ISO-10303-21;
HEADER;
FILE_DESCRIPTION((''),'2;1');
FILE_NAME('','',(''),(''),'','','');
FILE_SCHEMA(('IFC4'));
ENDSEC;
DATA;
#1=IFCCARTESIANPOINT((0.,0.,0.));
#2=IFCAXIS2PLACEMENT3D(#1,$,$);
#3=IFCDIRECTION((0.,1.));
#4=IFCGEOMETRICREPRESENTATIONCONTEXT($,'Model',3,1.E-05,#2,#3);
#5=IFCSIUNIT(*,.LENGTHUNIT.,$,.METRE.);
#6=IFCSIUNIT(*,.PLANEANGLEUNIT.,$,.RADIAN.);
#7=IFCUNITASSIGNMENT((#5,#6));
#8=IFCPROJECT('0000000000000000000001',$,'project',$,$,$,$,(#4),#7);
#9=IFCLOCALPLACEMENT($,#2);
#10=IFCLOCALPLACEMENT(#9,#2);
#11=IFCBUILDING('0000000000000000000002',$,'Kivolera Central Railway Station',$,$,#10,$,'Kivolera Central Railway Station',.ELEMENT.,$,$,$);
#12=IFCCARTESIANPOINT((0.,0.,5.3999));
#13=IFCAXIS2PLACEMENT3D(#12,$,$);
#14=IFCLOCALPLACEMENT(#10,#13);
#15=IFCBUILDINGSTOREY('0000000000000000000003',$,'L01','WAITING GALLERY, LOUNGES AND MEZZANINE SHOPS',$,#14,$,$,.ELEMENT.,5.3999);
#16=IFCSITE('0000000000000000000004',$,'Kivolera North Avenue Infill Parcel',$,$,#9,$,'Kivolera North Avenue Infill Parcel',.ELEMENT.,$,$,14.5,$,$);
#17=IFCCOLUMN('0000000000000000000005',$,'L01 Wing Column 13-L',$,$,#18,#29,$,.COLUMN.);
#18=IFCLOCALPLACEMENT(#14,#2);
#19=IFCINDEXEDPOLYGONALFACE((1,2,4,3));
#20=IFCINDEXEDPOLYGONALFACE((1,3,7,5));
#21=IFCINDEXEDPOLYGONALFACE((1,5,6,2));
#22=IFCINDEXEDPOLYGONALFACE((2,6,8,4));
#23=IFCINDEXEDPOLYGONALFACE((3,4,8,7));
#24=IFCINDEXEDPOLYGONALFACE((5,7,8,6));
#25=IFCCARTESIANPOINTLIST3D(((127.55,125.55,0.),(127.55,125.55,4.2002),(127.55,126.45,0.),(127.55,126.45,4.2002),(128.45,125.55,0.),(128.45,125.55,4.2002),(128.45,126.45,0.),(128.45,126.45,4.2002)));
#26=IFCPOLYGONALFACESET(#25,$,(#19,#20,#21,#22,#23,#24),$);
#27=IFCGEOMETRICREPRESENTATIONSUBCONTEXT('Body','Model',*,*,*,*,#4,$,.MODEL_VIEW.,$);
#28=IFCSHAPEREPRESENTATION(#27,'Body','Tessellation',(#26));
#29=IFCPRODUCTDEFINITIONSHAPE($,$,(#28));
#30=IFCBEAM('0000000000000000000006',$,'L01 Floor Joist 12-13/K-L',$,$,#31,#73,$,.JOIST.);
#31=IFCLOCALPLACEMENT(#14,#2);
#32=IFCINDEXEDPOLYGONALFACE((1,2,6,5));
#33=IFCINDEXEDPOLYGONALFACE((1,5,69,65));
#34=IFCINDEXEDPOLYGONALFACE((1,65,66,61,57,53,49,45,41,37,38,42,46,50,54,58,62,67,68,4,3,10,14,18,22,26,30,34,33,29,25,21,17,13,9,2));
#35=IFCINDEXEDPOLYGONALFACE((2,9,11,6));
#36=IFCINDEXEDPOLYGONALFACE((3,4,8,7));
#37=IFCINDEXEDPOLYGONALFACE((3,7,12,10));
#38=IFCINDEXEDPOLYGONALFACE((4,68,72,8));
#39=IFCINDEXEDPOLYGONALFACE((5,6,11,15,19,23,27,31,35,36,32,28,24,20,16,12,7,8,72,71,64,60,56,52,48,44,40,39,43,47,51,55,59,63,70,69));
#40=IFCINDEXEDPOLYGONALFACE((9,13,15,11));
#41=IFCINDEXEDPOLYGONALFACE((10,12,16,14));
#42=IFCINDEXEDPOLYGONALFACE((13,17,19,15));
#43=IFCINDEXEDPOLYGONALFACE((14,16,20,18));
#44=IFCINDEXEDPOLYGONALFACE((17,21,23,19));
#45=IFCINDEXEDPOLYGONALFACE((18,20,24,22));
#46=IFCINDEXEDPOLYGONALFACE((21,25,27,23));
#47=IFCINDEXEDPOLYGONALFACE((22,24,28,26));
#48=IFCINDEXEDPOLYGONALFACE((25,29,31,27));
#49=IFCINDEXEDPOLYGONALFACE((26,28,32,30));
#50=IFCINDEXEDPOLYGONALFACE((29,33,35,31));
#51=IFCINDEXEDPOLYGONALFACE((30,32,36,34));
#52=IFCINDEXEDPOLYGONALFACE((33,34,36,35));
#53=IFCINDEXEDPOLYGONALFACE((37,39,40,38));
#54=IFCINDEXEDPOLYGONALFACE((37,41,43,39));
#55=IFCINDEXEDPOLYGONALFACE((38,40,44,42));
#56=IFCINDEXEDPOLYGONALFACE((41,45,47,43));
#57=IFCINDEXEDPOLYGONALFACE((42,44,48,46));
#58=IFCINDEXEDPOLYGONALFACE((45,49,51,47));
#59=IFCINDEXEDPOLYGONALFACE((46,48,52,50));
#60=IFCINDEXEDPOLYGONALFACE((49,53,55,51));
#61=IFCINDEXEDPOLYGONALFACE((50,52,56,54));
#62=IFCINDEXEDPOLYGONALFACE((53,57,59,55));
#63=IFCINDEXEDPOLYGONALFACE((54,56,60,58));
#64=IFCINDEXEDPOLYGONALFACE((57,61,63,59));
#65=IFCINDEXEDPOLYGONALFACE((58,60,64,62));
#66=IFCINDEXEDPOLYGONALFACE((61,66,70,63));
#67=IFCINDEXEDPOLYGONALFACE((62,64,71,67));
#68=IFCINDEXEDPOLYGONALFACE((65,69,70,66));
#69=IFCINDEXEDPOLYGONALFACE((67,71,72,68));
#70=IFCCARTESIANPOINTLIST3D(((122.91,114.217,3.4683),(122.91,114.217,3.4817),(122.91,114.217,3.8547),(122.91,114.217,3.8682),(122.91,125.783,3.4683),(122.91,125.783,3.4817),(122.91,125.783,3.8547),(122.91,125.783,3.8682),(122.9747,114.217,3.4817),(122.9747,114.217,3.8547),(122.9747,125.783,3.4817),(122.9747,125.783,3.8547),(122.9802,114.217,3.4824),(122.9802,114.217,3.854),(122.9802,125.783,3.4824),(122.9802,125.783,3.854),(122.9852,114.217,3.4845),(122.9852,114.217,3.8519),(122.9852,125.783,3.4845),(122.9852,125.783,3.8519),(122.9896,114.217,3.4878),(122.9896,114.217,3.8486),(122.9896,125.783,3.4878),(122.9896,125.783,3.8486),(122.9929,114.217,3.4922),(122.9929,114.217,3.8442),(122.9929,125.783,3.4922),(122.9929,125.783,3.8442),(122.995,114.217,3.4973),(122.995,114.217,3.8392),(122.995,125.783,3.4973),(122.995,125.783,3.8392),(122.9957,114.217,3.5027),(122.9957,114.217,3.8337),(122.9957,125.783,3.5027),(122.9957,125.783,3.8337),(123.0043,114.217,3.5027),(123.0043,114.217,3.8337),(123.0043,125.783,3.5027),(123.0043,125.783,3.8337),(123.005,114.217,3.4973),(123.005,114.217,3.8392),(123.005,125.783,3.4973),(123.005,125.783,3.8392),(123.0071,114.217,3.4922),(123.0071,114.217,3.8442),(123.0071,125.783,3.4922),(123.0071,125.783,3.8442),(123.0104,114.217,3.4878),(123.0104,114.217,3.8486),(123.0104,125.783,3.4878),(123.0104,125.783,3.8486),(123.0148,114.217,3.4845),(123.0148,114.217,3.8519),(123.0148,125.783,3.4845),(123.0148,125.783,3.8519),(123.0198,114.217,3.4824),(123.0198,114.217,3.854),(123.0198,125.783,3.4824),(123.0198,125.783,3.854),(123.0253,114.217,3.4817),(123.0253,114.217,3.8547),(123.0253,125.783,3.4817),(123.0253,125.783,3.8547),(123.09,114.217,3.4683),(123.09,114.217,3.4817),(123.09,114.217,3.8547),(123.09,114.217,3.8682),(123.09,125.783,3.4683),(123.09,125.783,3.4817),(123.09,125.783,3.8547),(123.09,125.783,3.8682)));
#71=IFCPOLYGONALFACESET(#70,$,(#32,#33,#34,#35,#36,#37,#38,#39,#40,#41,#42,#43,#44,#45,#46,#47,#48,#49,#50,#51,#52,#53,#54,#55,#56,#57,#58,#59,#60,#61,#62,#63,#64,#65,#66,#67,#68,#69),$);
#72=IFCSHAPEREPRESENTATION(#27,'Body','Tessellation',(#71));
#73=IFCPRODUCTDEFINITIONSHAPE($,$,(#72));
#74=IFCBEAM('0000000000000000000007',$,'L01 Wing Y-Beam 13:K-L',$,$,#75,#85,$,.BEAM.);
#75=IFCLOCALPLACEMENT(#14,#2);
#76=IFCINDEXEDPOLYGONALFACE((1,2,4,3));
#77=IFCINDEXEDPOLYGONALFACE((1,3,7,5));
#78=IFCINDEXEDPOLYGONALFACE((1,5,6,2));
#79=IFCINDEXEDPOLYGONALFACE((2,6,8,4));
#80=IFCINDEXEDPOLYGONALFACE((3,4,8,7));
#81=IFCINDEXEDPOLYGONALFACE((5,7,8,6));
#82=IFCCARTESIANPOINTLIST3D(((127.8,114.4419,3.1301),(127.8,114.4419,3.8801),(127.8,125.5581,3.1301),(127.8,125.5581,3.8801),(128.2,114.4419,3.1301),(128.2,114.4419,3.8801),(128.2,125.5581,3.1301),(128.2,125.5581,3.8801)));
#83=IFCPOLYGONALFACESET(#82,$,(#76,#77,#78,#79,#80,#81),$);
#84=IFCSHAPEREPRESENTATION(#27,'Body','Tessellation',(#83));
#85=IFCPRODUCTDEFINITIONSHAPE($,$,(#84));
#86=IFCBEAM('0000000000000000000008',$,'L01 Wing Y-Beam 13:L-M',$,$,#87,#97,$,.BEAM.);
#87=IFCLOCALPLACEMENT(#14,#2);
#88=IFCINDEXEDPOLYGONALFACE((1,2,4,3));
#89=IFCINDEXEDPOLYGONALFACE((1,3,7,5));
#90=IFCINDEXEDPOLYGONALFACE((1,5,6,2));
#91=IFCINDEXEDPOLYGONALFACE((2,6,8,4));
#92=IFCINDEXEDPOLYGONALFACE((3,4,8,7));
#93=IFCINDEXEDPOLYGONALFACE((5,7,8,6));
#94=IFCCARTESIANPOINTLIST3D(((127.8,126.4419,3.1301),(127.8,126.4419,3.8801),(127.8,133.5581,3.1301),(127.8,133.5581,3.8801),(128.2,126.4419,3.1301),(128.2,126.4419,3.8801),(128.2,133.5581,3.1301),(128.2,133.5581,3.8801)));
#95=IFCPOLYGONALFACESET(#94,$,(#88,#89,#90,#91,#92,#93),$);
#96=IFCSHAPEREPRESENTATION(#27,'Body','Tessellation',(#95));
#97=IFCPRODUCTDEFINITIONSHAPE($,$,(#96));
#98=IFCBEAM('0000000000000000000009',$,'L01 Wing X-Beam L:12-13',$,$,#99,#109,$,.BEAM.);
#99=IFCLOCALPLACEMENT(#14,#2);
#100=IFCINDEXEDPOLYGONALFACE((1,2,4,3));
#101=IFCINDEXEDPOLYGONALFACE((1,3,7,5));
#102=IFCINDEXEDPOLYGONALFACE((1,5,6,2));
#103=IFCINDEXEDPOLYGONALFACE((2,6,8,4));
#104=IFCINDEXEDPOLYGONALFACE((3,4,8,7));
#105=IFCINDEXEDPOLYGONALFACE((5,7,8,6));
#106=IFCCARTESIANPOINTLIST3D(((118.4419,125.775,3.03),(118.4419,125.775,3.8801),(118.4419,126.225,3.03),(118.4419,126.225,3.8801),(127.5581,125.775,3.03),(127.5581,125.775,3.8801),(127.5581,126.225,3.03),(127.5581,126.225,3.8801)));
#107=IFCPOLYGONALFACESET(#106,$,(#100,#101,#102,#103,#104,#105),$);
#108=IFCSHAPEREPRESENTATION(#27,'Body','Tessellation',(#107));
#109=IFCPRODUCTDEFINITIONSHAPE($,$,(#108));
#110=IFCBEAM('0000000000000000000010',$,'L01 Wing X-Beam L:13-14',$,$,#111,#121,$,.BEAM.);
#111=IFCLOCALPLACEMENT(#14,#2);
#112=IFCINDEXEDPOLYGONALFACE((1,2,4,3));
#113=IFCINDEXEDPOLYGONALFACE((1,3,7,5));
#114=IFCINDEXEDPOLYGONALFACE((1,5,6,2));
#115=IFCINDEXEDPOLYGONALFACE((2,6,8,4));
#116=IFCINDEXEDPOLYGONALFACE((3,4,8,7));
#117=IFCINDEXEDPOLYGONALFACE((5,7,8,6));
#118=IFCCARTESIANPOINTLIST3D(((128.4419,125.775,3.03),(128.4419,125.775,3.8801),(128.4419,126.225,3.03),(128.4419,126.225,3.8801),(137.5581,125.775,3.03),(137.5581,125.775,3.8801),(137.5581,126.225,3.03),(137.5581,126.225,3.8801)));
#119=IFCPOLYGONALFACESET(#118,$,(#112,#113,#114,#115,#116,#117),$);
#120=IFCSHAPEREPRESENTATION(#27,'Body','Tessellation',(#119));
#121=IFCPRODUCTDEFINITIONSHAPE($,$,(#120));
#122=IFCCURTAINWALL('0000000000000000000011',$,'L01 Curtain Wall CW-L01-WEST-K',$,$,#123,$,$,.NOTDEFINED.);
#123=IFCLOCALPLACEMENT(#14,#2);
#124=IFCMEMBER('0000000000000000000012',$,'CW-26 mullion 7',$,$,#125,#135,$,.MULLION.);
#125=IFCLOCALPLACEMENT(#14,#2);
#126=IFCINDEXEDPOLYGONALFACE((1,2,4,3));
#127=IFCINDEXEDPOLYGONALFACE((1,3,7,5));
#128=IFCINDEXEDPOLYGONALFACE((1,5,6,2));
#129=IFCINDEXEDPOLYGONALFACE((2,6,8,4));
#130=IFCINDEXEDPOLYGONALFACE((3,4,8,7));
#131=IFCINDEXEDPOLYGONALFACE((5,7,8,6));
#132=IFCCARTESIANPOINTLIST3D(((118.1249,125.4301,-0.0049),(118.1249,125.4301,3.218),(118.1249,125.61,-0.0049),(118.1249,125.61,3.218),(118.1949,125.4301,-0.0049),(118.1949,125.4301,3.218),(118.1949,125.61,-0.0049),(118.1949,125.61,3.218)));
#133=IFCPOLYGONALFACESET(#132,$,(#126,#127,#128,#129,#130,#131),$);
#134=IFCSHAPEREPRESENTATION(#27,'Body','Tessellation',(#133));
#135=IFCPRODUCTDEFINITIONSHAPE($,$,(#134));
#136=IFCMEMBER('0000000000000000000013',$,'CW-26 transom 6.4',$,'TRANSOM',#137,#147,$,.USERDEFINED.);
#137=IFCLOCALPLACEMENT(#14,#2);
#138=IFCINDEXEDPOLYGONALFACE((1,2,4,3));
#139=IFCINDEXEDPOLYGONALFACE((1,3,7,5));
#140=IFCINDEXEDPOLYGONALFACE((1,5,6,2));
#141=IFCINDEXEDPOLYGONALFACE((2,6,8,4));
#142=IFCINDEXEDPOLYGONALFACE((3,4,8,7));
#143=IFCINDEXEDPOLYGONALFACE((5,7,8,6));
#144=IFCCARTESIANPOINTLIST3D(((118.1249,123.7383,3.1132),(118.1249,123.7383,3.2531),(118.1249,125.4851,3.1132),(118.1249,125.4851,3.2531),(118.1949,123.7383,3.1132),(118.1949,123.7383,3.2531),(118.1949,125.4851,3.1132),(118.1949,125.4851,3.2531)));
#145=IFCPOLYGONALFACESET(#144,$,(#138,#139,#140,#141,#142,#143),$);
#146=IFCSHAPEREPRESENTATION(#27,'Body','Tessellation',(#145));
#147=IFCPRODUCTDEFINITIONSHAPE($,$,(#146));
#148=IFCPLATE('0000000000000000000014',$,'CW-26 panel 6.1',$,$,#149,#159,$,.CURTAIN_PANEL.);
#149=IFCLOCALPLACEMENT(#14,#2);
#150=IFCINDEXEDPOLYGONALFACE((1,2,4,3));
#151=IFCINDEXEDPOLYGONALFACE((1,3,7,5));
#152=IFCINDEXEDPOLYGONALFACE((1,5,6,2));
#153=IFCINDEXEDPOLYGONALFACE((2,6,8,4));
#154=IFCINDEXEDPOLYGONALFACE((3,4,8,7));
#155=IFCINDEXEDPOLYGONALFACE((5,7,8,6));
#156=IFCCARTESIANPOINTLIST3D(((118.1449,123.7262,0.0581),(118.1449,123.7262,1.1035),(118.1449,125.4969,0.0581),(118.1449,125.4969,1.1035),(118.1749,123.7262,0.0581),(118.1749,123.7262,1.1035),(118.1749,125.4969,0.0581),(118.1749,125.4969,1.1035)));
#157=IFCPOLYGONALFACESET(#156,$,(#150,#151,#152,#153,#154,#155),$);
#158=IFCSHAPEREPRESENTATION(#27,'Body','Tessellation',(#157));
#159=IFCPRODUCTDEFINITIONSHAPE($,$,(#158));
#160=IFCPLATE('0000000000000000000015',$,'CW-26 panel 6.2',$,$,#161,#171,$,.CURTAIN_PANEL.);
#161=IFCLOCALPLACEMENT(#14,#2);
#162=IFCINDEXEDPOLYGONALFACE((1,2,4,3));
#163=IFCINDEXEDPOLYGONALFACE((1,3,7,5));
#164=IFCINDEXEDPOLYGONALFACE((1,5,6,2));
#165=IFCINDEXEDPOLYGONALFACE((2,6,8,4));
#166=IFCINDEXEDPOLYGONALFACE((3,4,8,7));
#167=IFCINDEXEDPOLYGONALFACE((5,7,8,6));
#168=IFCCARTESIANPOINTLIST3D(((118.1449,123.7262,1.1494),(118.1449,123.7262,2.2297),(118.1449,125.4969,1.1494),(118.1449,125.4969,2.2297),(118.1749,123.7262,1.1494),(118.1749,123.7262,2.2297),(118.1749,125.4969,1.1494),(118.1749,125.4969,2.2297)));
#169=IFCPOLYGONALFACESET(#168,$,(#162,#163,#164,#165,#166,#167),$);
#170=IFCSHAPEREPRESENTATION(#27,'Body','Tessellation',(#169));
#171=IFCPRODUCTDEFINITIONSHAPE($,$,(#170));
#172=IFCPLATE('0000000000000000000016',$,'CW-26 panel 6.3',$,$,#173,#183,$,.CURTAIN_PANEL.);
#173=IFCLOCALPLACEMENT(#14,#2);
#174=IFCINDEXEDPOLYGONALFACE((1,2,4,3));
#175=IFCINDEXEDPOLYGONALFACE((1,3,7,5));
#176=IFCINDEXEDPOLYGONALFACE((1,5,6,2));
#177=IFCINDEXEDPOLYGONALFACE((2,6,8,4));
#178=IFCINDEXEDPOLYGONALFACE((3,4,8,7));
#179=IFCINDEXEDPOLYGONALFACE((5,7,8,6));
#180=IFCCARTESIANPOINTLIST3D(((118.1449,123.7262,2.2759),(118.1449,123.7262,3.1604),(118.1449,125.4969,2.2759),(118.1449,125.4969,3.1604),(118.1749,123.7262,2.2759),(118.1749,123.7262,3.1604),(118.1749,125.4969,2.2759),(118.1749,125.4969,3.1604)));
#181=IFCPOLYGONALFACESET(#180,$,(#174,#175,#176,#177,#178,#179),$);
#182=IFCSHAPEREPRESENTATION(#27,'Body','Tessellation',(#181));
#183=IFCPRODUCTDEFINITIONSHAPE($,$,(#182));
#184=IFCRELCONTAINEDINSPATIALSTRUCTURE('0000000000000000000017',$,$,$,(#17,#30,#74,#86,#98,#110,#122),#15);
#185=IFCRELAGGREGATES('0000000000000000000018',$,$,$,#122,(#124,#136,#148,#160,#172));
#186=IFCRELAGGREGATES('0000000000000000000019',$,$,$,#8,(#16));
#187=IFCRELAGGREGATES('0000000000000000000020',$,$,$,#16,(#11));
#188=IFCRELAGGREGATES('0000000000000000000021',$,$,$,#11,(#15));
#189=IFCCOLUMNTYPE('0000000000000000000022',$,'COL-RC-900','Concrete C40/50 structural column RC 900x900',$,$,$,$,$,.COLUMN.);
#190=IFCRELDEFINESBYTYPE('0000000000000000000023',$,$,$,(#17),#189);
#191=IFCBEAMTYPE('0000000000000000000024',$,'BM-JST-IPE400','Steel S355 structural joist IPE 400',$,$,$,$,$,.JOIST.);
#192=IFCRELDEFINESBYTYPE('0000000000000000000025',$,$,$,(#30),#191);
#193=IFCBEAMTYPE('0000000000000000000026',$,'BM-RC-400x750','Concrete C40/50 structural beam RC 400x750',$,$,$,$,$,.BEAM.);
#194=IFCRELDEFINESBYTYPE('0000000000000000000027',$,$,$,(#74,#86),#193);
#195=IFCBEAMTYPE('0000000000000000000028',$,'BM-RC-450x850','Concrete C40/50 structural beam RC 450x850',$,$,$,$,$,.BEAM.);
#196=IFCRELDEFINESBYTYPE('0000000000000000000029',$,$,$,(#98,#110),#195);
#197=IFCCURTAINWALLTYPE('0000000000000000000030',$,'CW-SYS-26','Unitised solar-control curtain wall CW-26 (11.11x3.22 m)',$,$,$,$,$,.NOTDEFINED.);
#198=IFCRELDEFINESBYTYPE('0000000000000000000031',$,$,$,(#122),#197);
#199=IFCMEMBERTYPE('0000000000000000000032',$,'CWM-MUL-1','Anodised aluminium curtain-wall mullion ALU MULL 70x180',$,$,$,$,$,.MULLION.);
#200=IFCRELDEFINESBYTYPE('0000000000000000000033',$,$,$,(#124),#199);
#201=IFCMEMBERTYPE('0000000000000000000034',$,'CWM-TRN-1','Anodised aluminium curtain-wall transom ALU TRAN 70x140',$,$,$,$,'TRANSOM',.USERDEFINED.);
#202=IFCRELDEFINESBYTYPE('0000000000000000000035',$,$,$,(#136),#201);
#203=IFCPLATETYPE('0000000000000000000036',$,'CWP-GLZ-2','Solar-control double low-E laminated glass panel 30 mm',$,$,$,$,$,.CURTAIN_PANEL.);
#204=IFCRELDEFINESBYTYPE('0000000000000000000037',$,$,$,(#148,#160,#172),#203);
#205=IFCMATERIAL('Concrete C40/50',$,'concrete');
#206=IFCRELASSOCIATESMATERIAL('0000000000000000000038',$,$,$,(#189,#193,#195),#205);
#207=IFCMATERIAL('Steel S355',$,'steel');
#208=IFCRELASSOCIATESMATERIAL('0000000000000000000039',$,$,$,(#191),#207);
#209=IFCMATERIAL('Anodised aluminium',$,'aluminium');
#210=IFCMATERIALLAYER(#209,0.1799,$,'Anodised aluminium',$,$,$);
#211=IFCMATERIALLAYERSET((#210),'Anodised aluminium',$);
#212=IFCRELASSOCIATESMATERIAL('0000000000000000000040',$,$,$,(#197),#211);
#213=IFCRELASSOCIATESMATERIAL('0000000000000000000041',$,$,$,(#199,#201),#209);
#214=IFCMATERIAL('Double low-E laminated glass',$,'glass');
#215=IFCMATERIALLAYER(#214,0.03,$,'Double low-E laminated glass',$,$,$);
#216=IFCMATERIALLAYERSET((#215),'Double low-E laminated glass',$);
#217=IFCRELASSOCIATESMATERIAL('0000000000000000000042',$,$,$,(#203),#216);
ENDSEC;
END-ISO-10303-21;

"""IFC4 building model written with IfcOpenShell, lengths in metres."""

from ifc_helpers import new_model, si_unit, direction, frame, origin, origin_2d, place, context, subcontext, project, spatial, rectangle, i_section, extrude, material, layer, layer_set, material_profile, profile_set, type_object, element, aggregate, save


model = new_model("IFC4")

# Units and contexts
model_context = context("Model", 3, precision=1e-05, world=origin(), true_north=direction((0.0, 1.0)))
body_context = subcontext(model_context, "Body", "Model", "MODEL_VIEW")
ifc_project = project(units=[si_unit("LENGTHUNIT", "METRE"), si_unit("PLANEANGLEUNIT", "RADIAN")], contexts=[model_context])

# Site, building, storey
site_placement = place(None, origin())
site = spatial("IfcSite", under=ifc_project, at=site_placement, Name="Kivolera North Avenue Infill Parcel", LongName="Kivolera North Avenue Infill Parcel", CompositionType="ELEMENT", RefElevation=14.5)
building_placement = place(site_placement, origin())
building = spatial("IfcBuilding", under=site, at=building_placement, Name="Kivolera Central Railway Station", LongName="Kivolera Central Railway Station", CompositionType="ELEMENT")
storey_placement = place(building_placement, frame((0.0, 0.0, 5.3999)))
storey = spatial("IfcBuildingStorey", under=building, at=storey_placement, Name="L01", Description="WAITING GALLERY, LOUNGES AND MEZZANINE SHOPS", CompositionType="ELEMENT", Elevation=5.3999)

# Column
ifc_material_1 = material(Name="Concrete C40/50", Category="concrete")
ifc_material_profile_1 = material_profile(ifc_material_1, rectangle(XDim=0.8999, YDim=0.8999, at=origin_2d()), Name="RC 900x900")
ifc_profile_set_1 = profile_set([ifc_material_profile_1], Name="Concrete C40/50")
column_type = type_object("IfcColumnType", Name="COL-RC-900", Description="Concrete C40/50 structural column RC 900x900", PredefinedType="COLUMN", material=ifc_profile_set_1)
column_placement = place(storey_placement, frame((128.0, 126.0, 0.0), z_axis=(0.0, 0.0, 1.0), x_axis=(1.0, 0.0, 0.0)))
element("IfcColumn", 1, at=column_placement, inside=storey, type_object=column_type, Name="L01 Wing Column 13-L", PredefinedType="COLUMN", context=body_context, shape_type="SweptSolid", body=[
    extrude(rectangle(XDim=0.8999, YDim=0.8999, at=origin_2d()), origin(), (0.0, 0.0, 1.0), 4.2002),
])

# Beams
ifc_material_2 = material(Name="Steel S355", Category="steel")
ifc_material_profile_2 = material_profile(ifc_material_2, i_section(OverallWidth=0.1799, OverallDepth=0.3999, WebThickness=0.0085, FlangeThickness=0.0134, FilletRadius=0.021, at=origin_2d()), Name="IPE 400")
ifc_profile_set_2 = profile_set([ifc_material_profile_2], Name="Steel S355")
beam_type_1 = type_object("IfcBeamType", Name="BM-JST-IPE400", Description="Steel S355 structural joist IPE 400", PredefinedType="JOIST", material=ifc_profile_set_2)
beam_1_placement = place(storey_placement, frame((123.0, 114.217, 3.6682), z_axis=(0.0, 1.0, 0.0), x_axis=(-1.0, 0.0, 0.0)))
element("IfcBeam", 2, at=beam_1_placement, inside=storey, type_object=beam_type_1, Name="L01 Floor Joist 12-13/K-L", PredefinedType="JOIST", context=body_context, shape_type="SweptSolid", body=[
    extrude(i_section(OverallWidth=0.1799, OverallDepth=0.3999, WebThickness=0.0085, FlangeThickness=0.0134, FilletRadius=0.021, at=origin_2d()), origin(), (0.0, 0.0, 1.0), 11.5659),
])
ifc_material_profile_3 = material_profile(ifc_material_1, rectangle(XDim=0.3999, YDim=0.75, at=origin_2d()), Name="RC 400x750")
ifc_profile_set_3 = profile_set([ifc_material_profile_3], Name="Concrete C40/50")
beam_type_2 = type_object("IfcBeamType", Name="BM-RC-400x750", Description="Concrete C40/50 structural beam RC 400x750", PredefinedType="BEAM", material=ifc_profile_set_3)
beam_2_placement = place(storey_placement, frame((128.0, 114.4419, 3.5051), z_axis=(0.0, 1.0, 0.0), x_axis=(-1.0, 0.0, 0.0)))
element("IfcBeam", 3, at=beam_2_placement, inside=storey, type_object=beam_type_2, Name="L01 Wing Y-Beam 13:K-L", PredefinedType="BEAM", context=body_context, shape_type="SweptSolid", body=[
    extrude(rectangle(XDim=0.3999, YDim=0.75, at=origin_2d()), origin(), (0.0, 0.0, 1.0), 11.1162),
])
beam_3_placement = place(storey_placement, frame((128.0, 126.4419, 3.5051), z_axis=(0.0, 1.0, 0.0), x_axis=(-1.0, 0.0, 0.0)))
element("IfcBeam", 4, at=beam_3_placement, inside=storey, type_object=beam_type_2, Name="L01 Wing Y-Beam 13:L-M", PredefinedType="BEAM", context=body_context, shape_type="SweptSolid", body=[
    extrude(rectangle(XDim=0.3999, YDim=0.75, at=origin_2d()), origin(), (0.0, 0.0, 1.0), 7.1162),
])
ifc_material_profile_4 = material_profile(ifc_material_1, rectangle(XDim=0.45, YDim=0.8501, at=origin_2d()), Name="RC 450x850")
ifc_profile_set_4 = profile_set([ifc_material_profile_4], Name="Concrete C40/50")
beam_type_3 = type_object("IfcBeamType", Name="BM-RC-450x850", Description="Concrete C40/50 structural beam RC 450x850", PredefinedType="BEAM", material=ifc_profile_set_4)
for number, where, z_axis, x_axis, name in (
    (5, (118.4419, 126.0, 3.4551), (1.0, 0.0, 0.0), (0.0, 1.0, 0.0), "L01 Wing X-Beam L:12-13"),
    (6, (128.4419, 126.0, 3.4551), (1.0, 0.0, 0.0), (0.0, 1.0, 0.0), "L01 Wing X-Beam L:13-14"),
):
    element("IfcBeam", number, at=place(storey_placement, frame(where, z_axis=z_axis, x_axis=x_axis)), inside=storey, type_object=beam_type_3, Name=name, PredefinedType="BEAM", context=body_context, shape_type="SweptSolid", body=[
        extrude(rectangle(XDim=0.45, YDim=0.8501, at=origin_2d()), origin(), (0.0, 0.0, 1.0), 9.1162),
    ])

# Curtain wall, members, plates
ifc_material_3 = material(Name="Anodised aluminium", Category="aluminium")
ifc_layer_1 = layer(ifc_material_3, 0.1799, Name="Anodised aluminium")
ifc_layer_set_1 = layer_set([ifc_layer_1], Name="Anodised aluminium")
curtain_wall_type = type_object("IfcCurtainWallType", Name="CW-SYS-26", Description="Unitised solar-control curtain wall CW-26 (11.11x3.22 m)", PredefinedType="NOTDEFINED", material=ifc_layer_set_1)
curtain_wall_placement = place(storey_placement, origin())
curtain_wall = element("IfcCurtainWall", 7, at=curtain_wall_placement, inside=storey, type_object=curtain_wall_type, Name="L01 Curtain Wall CW-L01-WEST-K", PredefinedType="NOTDEFINED")
ifc_material_profile_5 = material_profile(ifc_material_3, rectangle(XDim=0.0701, YDim=0.1799, at=origin_2d()), Name="ALU MULL 70x180")
ifc_profile_set_5 = profile_set([ifc_material_profile_5], Name="Anodised aluminium")
member_type_1 = type_object("IfcMemberType", Name="CWM-MUL-1", Description="Anodised aluminium curtain-wall mullion ALU MULL 70x180", PredefinedType="MULLION", material=ifc_profile_set_5)
member_1_placement = place(storey_placement, frame((118.1599, 125.52, -0.0049), z_axis=(0.0, 0.0, 1.0), x_axis=(-1.0, 0.0, 0.0)))
member_1 = element("IfcMember", 8, at=member_1_placement, type_object=member_type_1, Name="CW-26 mullion 7", PredefinedType="MULLION", context=body_context, shape_type="SweptSolid", body=[
    extrude(rectangle(XDim=0.0701, YDim=0.1799, at=origin_2d()), origin(), (0.0, 0.0, 1.0), 3.2229),
])
ifc_material_profile_6 = material_profile(ifc_material_3, rectangle(XDim=0.0701, YDim=0.1399, at=origin_2d()), Name="ALU TRAN 70x140")
ifc_profile_set_6 = profile_set([ifc_material_profile_6], Name="Anodised aluminium")
member_type_2 = type_object("IfcMemberType", Name="CWM-TRN-1", Description="Anodised aluminium curtain-wall transom ALU TRAN 70x140", ElementType="TRANSOM", PredefinedType="USERDEFINED", material=ifc_profile_set_6)
member_2_placement = place(storey_placement, frame((118.1599, 123.7383, 3.1831), z_axis=(0.0, 1.0, 0.0), x_axis=(-1.0, 0.0, 0.0)))
member_2 = element("IfcMember", 9, at=member_2_placement, type_object=member_type_2, Name="CW-26 transom 6.4", ObjectType="TRANSOM", PredefinedType="USERDEFINED", context=body_context, shape_type="SweptSolid", body=[
    extrude(rectangle(XDim=0.0701, YDim=0.1399, at=origin_2d()), origin(), (0.0, 0.0, 1.0), 1.7468),
])
ifc_material_4 = material(Name="Double low-E laminated glass", Category="glass")
ifc_layer_2 = layer(ifc_material_4, 0.03, Name="Double low-E laminated glass")
ifc_layer_set_2 = layer_set([ifc_layer_2], Name="Double low-E laminated glass")
plate_type = type_object("IfcPlateType", Name="CWP-GLZ-2", Description="Solar-control double low-E laminated glass panel 30 mm", PredefinedType="CURTAIN_PANEL", material=ifc_layer_set_2)
plate_1_placement = place(storey_placement, frame((118.1599, 124.6116, 0.0581), z_axis=(0.0, 0.0, 1.0), x_axis=(0.0, 1.0, 0.0)))
plate_1 = element("IfcPlate", 10, at=plate_1_placement, type_object=plate_type, Name="CW-26 panel 6.1", PredefinedType="CURTAIN_PANEL", context=body_context, shape_type="SweptSolid", body=[
    extrude(rectangle(XDim=1.7708, YDim=0.03, at=origin_2d()), origin(), (0.0, 0.0, 1.0), 1.0454),
])
plate_2_placement = place(storey_placement, frame((118.1599, 124.6116, 1.1494), z_axis=(0.0, 0.0, 1.0), x_axis=(0.0, 1.0, 0.0)))
plate_2 = element("IfcPlate", 11, at=plate_2_placement, type_object=plate_type, Name="CW-26 panel 6.2", PredefinedType="CURTAIN_PANEL", context=body_context, shape_type="SweptSolid", body=[
    extrude(rectangle(XDim=1.7708, YDim=0.03, at=origin_2d()), origin(), (0.0, 0.0, 1.0), 1.0803),
])
plate_3_placement = place(storey_placement, frame((118.1599, 124.6116, 2.2759), z_axis=(0.0, 0.0, 1.0), x_axis=(0.0, 1.0, 0.0)))
plate_3 = element("IfcPlate", 12, at=plate_3_placement, type_object=plate_type, Name="CW-26 panel 6.3", PredefinedType="CURTAIN_PANEL", context=body_context, shape_type="SweptSolid", body=[
    extrude(rectangle(XDim=1.7708, YDim=0.03, at=origin_2d()), origin(), (0.0, 0.0, 1.0), 0.8845),
])
aggregate(curtain_wall, [member_1, member_2, plate_1, plate_2, plate_3])

save(model, "model.ifc")
